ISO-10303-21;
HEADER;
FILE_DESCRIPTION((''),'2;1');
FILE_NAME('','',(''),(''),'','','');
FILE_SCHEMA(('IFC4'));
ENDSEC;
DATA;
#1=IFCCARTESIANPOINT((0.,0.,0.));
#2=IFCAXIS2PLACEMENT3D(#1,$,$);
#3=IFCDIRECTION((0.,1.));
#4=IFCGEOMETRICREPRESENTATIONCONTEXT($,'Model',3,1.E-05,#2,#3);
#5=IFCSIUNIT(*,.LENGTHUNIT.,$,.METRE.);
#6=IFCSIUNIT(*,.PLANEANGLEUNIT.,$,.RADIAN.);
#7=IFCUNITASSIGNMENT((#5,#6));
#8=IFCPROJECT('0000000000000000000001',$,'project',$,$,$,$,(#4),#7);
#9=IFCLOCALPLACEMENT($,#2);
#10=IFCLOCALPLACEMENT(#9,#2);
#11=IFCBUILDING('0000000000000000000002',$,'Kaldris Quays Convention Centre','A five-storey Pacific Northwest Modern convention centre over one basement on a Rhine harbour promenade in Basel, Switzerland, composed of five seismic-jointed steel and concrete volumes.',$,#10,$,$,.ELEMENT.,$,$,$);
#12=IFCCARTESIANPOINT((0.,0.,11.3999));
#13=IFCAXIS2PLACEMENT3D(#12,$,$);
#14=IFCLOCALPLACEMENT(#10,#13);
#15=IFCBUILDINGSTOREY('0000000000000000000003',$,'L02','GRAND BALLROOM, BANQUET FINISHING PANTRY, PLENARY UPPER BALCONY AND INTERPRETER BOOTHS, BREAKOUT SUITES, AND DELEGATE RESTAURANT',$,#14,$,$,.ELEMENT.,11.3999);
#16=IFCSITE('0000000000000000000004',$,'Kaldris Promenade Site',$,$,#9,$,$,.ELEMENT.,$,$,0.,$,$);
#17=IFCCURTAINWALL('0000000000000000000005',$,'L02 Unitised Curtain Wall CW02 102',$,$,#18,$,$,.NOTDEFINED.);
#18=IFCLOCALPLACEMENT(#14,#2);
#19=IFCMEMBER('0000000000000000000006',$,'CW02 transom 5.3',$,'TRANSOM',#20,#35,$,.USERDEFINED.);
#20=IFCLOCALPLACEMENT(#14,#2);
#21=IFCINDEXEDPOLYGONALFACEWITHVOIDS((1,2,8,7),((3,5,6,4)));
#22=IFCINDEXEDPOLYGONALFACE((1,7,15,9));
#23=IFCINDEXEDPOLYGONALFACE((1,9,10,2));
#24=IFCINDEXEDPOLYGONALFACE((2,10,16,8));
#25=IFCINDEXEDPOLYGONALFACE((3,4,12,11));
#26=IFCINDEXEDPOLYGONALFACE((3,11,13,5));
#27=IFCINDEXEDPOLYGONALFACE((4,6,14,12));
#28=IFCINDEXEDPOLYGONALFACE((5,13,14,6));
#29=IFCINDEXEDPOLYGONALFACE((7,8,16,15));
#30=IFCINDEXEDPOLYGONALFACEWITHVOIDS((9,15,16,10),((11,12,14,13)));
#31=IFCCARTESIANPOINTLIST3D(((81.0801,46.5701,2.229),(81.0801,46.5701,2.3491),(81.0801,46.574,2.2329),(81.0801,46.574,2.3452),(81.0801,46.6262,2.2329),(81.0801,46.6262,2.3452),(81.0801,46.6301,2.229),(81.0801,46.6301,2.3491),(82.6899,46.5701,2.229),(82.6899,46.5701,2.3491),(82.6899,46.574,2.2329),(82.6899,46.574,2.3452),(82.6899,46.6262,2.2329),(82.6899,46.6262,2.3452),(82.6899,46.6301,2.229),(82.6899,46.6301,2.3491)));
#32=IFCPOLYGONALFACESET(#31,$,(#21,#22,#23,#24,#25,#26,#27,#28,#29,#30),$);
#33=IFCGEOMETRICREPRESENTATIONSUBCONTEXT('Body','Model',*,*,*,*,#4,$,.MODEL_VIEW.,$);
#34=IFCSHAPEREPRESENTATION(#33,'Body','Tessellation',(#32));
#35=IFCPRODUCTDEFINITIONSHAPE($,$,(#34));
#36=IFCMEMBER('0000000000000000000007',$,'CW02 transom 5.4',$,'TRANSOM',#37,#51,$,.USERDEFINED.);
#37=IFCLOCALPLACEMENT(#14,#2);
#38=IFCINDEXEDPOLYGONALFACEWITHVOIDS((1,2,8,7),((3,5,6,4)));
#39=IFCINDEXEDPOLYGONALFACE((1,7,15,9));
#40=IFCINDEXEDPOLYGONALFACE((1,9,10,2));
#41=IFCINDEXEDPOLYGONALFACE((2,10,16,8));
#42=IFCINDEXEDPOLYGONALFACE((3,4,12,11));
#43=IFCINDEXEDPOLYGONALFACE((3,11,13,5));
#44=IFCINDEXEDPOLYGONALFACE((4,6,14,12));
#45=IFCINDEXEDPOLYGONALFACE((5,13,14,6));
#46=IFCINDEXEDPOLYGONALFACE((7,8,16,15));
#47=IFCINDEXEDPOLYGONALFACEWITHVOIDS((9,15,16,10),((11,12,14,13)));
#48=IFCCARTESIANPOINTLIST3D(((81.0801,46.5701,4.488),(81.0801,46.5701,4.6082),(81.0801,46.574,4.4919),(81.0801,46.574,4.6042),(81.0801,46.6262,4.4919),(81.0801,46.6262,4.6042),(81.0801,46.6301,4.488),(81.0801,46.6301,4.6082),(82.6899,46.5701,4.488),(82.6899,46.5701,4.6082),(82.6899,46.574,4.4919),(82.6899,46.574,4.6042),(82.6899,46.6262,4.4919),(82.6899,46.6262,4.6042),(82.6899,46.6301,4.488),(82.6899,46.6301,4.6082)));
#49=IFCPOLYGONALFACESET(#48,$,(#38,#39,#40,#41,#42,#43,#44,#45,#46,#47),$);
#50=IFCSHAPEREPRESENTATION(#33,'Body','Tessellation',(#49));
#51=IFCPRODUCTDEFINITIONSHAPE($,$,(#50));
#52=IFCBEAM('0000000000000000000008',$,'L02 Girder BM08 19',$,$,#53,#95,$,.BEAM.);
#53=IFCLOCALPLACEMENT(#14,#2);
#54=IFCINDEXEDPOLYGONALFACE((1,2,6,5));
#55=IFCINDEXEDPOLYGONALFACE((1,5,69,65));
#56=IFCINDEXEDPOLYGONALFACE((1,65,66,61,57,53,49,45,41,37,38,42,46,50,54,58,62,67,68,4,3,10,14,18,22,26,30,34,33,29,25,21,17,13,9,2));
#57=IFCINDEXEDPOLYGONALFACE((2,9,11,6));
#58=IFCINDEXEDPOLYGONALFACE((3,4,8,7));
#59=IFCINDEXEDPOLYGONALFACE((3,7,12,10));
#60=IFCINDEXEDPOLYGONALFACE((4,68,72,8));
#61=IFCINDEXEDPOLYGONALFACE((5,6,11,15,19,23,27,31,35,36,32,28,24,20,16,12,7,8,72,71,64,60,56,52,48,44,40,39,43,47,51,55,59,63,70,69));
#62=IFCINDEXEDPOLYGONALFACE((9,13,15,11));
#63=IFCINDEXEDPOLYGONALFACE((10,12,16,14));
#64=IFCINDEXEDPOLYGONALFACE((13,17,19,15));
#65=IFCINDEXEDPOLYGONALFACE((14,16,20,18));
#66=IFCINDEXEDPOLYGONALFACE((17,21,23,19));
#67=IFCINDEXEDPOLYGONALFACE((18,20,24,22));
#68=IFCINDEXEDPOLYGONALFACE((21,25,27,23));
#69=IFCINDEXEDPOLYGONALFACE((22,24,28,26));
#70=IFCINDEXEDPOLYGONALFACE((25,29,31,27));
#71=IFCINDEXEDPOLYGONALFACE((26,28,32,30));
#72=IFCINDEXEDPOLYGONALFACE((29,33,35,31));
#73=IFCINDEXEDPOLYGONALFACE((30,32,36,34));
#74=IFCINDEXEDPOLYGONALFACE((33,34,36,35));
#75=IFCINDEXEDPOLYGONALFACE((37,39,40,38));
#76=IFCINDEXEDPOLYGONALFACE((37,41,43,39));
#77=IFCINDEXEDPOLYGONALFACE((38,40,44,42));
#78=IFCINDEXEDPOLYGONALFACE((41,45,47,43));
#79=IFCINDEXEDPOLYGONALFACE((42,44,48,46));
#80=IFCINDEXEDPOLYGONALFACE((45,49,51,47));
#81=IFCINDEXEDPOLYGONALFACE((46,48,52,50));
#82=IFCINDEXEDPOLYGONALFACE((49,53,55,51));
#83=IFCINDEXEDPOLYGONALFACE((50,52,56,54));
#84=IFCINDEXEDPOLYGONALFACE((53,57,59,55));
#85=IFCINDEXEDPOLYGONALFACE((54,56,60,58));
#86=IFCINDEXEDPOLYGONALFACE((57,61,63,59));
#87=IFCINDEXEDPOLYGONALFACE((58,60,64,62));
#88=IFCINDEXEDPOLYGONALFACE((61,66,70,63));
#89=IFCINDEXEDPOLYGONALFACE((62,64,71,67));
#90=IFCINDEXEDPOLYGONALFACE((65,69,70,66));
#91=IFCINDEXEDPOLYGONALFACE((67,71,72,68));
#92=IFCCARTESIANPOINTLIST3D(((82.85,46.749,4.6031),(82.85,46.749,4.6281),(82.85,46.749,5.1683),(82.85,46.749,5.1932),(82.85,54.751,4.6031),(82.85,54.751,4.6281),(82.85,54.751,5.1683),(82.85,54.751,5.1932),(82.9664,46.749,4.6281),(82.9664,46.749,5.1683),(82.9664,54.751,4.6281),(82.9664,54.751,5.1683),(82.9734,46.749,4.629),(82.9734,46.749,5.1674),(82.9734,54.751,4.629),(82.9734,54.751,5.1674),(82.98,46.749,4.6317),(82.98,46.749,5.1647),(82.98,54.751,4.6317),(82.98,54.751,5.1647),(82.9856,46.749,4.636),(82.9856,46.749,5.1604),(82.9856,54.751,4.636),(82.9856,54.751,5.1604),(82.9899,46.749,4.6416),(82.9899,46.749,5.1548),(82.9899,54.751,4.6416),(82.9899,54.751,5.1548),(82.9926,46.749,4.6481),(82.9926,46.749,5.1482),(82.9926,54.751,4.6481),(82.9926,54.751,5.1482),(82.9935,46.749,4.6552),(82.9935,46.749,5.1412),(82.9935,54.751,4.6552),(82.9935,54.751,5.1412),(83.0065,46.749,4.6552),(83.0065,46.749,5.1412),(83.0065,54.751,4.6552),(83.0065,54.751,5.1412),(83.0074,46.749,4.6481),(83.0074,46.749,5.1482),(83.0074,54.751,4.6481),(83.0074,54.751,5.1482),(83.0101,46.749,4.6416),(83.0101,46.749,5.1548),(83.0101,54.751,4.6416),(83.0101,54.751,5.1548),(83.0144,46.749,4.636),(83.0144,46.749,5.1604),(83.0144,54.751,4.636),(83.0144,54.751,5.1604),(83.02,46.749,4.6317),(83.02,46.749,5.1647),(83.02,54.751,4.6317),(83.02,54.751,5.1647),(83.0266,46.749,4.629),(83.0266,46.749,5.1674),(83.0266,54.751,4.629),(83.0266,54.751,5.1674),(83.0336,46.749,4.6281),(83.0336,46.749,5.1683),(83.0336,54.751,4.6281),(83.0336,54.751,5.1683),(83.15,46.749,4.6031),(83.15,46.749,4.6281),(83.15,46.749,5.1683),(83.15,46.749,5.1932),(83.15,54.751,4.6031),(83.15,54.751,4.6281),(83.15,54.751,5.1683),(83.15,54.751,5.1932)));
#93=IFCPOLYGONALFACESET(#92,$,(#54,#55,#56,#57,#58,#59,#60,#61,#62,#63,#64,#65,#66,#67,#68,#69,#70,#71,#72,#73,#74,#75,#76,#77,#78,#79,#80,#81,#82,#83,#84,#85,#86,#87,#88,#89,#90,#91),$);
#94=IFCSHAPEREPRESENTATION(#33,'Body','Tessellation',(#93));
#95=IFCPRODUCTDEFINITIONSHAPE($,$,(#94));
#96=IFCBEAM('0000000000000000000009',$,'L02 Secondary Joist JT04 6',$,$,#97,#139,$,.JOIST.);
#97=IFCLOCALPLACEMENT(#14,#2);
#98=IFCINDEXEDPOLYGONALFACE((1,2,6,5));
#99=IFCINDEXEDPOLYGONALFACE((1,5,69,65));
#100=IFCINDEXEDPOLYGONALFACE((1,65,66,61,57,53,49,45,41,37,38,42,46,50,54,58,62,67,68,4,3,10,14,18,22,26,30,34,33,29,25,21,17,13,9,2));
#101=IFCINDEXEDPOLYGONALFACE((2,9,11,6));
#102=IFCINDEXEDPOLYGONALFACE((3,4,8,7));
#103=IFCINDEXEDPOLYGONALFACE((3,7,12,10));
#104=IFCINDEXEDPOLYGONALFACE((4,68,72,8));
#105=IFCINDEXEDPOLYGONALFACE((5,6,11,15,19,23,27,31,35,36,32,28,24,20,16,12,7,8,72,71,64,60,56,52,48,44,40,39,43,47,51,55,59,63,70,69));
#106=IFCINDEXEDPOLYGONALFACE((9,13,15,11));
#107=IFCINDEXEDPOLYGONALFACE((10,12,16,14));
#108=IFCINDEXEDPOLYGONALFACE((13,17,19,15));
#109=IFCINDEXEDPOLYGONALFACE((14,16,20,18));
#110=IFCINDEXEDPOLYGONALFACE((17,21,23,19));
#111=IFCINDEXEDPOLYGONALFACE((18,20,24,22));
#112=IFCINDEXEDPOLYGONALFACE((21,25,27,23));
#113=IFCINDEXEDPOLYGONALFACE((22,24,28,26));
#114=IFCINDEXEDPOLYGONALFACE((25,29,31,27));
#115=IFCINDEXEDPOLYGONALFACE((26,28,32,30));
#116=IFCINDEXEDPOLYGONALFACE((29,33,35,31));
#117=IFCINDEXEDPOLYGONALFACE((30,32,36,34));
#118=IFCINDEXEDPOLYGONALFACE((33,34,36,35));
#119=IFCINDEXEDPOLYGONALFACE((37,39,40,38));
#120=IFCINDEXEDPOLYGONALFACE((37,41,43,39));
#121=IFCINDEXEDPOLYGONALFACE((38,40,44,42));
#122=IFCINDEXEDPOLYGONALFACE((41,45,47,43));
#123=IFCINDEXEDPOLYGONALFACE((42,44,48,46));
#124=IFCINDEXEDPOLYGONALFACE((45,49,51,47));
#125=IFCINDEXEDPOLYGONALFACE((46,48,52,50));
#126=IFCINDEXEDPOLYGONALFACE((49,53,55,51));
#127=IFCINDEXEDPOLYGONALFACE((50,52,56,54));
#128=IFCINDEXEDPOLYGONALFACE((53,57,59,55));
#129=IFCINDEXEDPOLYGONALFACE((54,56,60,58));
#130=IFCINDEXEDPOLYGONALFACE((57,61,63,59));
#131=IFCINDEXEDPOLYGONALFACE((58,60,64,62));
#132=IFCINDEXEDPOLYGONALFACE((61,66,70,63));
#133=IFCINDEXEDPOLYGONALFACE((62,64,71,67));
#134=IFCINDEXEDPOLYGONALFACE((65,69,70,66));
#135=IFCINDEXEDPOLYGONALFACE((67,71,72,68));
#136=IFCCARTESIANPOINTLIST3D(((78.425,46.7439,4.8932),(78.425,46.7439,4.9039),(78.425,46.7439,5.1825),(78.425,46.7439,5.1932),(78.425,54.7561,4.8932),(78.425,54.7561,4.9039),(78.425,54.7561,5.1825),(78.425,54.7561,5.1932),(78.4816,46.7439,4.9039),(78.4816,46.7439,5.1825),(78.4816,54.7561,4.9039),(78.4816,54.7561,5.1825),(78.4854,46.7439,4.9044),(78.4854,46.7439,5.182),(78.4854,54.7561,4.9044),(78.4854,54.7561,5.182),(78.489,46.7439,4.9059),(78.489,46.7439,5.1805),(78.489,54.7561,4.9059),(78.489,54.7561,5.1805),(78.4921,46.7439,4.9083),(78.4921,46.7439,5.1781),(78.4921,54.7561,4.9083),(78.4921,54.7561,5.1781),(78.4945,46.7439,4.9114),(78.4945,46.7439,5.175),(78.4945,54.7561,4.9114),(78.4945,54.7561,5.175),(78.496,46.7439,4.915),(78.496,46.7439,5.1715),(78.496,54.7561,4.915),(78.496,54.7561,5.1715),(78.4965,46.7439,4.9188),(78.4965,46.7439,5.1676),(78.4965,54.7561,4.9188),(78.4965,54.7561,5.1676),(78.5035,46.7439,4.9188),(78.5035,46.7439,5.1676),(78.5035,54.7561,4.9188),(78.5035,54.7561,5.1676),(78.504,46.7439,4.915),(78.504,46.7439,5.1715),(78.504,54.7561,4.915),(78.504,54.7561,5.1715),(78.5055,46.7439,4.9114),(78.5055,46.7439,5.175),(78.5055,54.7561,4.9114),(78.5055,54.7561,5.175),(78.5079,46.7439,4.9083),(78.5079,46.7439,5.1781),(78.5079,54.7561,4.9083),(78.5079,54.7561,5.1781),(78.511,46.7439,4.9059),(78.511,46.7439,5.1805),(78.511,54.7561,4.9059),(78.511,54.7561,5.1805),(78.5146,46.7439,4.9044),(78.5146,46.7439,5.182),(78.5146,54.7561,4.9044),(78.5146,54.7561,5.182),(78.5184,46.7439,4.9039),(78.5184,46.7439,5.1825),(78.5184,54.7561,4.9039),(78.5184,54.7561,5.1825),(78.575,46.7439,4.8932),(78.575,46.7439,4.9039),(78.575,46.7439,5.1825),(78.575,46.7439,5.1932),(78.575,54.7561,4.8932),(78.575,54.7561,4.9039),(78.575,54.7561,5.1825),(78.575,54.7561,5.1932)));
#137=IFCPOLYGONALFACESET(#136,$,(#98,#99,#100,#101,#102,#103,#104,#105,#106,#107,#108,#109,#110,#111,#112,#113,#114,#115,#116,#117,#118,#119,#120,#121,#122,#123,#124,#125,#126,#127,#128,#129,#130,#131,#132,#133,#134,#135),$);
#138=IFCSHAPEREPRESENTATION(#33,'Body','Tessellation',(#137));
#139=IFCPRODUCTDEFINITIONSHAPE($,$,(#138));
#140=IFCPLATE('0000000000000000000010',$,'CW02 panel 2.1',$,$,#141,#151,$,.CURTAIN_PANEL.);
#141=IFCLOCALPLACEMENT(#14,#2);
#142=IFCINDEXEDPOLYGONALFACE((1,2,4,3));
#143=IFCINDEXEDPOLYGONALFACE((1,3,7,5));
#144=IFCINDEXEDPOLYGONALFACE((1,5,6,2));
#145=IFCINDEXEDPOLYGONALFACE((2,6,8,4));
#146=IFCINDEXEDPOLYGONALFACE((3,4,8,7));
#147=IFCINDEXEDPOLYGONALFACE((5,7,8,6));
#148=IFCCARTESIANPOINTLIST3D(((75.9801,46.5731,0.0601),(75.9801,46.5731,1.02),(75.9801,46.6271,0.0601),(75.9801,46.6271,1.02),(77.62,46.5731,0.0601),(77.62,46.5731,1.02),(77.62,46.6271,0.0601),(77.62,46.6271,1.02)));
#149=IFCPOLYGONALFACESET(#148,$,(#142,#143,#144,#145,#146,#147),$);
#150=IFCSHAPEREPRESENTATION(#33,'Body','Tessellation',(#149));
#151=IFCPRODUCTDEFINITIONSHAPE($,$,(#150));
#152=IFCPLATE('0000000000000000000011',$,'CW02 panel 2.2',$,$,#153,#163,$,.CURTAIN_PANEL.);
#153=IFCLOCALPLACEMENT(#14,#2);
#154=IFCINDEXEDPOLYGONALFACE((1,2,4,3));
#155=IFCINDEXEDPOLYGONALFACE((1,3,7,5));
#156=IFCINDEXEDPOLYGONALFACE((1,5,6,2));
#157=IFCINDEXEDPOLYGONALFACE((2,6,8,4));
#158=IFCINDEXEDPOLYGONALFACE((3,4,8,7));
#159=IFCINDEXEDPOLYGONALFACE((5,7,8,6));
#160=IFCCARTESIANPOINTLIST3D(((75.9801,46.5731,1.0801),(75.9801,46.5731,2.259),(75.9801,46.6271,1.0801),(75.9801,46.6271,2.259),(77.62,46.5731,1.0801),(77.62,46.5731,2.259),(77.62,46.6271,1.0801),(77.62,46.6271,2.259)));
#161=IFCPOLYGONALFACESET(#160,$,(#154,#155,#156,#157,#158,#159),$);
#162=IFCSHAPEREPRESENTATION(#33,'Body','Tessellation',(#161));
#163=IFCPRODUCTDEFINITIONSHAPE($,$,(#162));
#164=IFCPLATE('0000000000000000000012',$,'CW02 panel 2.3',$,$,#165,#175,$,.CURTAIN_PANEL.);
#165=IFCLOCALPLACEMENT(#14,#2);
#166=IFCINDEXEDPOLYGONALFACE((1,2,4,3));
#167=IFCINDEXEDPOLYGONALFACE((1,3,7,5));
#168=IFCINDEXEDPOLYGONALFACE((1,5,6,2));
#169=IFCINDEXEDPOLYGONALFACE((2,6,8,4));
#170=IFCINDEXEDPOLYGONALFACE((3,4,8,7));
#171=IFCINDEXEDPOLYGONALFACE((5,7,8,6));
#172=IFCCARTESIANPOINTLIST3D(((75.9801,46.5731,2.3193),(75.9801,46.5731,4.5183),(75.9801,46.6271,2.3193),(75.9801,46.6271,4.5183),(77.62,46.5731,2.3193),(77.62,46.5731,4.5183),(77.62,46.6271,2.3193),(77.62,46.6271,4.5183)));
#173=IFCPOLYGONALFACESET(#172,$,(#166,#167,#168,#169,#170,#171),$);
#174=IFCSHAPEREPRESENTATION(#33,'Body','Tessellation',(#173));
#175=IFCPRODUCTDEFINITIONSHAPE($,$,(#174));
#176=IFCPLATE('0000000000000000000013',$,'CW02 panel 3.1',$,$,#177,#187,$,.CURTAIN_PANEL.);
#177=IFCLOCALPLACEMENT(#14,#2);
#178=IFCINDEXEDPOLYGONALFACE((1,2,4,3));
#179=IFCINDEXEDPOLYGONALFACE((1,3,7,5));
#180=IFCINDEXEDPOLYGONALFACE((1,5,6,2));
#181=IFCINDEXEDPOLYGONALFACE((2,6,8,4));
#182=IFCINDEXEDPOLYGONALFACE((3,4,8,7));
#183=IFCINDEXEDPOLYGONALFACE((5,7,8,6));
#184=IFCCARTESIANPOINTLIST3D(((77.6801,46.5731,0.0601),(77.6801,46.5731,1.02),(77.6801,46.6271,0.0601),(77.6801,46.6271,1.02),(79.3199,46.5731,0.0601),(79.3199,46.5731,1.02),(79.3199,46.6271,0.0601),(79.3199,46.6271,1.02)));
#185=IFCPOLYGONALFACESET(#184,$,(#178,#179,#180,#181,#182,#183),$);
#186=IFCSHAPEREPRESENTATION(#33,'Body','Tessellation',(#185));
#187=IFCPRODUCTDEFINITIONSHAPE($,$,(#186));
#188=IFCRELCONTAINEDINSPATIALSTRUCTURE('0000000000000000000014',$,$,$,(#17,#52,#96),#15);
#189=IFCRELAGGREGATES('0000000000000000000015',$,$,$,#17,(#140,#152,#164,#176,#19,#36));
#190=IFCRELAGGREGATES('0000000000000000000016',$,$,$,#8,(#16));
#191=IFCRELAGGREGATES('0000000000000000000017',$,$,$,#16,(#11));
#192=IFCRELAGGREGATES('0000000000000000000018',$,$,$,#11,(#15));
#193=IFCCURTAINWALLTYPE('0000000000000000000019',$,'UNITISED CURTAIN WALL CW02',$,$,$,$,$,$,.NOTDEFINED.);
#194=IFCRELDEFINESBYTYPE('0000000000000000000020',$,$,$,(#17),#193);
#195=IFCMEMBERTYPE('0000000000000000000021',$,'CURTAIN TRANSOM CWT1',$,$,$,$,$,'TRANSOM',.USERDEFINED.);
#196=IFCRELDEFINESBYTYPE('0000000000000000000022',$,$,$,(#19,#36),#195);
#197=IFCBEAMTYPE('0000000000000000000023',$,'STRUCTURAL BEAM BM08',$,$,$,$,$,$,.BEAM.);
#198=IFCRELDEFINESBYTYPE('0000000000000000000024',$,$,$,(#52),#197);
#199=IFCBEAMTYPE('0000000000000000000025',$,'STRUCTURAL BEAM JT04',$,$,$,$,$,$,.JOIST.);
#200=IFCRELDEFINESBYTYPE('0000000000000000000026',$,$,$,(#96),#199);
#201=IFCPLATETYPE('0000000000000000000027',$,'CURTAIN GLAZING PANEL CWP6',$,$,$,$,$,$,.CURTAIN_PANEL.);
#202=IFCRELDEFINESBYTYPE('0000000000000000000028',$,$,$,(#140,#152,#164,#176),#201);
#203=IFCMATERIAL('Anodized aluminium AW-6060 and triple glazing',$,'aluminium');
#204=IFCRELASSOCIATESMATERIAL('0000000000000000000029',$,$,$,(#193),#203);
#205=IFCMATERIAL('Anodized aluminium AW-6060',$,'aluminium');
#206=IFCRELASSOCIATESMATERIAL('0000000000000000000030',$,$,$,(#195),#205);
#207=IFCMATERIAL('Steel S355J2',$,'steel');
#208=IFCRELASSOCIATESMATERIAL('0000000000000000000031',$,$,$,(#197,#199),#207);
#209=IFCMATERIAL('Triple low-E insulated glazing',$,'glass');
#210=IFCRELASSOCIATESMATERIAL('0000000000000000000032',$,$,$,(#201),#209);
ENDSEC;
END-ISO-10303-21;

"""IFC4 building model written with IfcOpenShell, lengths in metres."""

from ifc_helpers import new_model, si_unit, direction, frame, origin, origin_2d, place, context, subcontext, project, spatial, rectangle, hollow_rectangle, i_section, extrude, material, material_profile, profile_set, type_object, element, aggregate, save


model = new_model("IFC4")

# Units and contexts
model_context = context("Model", 3, precision=1e-05, world=origin(), true_north=direction((0.0, 1.0)))
body_context = subcontext(model_context, "Body", "Model", "MODEL_VIEW")
ifc_project = project(units=[si_unit("LENGTHUNIT", "METRE"), si_unit("PLANEANGLEUNIT", "RADIAN")], contexts=[model_context])

# Site, building, storey
site_placement = place(None, origin())
site = spatial("IfcSite", under=ifc_project, at=site_placement, Name="Kaldris Promenade Site", CompositionType="ELEMENT", RefElevation=0.0)
building_placement = place(site_placement, origin())
building = spatial("IfcBuilding", under=site, at=building_placement, Name="Kaldris Quays Convention Centre", Description="A five-storey Pacific Northwest Modern convention centre over one basement on a Rhine harbour promenade in Basel, Switzerland, composed of five seismic-jointed steel and concrete volumes.", CompositionType="ELEMENT")
storey_placement = place(building_placement, frame((0.0, 0.0, 11.3999)))
storey = spatial("IfcBuildingStorey", under=building, at=storey_placement, Name="L02", Description="GRAND BALLROOM, BANQUET FINISHING PANTRY, PLENARY UPPER BALCONY AND INTERPRETER BOOTHS, BREAKOUT SUITES, AND DELEGATE RESTAURANT", CompositionType="ELEMENT", Elevation=11.3999)

# Shared definitions
ifc_material_1 = material(Name="Steel S355J2", Category="steel")

# Curtain wall, members
ifc_material_2 = material(Name="Anodized aluminium AW-6060 and triple glazing", Category="aluminium")
curtain_wall_type = type_object("IfcCurtainWallType", Name="UNITISED CURTAIN WALL CW02", PredefinedType="NOTDEFINED", material=ifc_material_2)
curtain_wall_placement = place(storey_placement, origin())
curtain_wall = element("IfcCurtainWall", 1, at=curtain_wall_placement, inside=storey, type_object=curtain_wall_type, Name="L02 Unitised Curtain Wall CW02 102", PredefinedType="NOTDEFINED")
ifc_material_3 = material(Name="Anodized aluminium AW-6060", Category="aluminium")
ifc_material_profile_1 = material_profile(ifc_material_3, hollow_rectangle(XDim=0.0601, YDim=0.1201, WallThickness=0.0039, at=origin_2d()), Name="RHS 120x60x4")
ifc_profile_set_1 = profile_set([ifc_material_profile_1], Name="Anodized aluminium AW-6060")
member_type_1 = type_object("IfcMemberType", Name="CURTAIN TRANSOM CWT1", ElementType="TRANSOM", PredefinedType="USERDEFINED", material=ifc_profile_set_1)
member_1_placement = place(storey_placement, frame((81.0801, 46.6001, 2.2891), z_axis=(1.0, 0.0, 0.0), x_axis=(0.0, 1.0, 0.0)))
member_1 = element("IfcMember", 2, at=member_1_placement, type_object=member_type_1, Name="CW02 transom 5.3", ObjectType="TRANSOM", PredefinedType="USERDEFINED", context=body_context, shape_type="SweptSolid", body=[
    extrude(hollow_rectangle(XDim=0.0601, YDim=0.1201, WallThickness=0.0039, at=origin_2d()), origin(), (0.0, 0.0, 1.0), 1.6099),
])
member_2_placement = place(storey_placement, frame((81.0801, 46.6001, 4.5481), z_axis=(1.0, 0.0, 0.0), x_axis=(0.0, 1.0, 0.0)))
member_2 = element("IfcMember", 3, at=member_2_placement, type_object=member_type_1, Name="CW02 transom 5.4", ObjectType="TRANSOM", PredefinedType="USERDEFINED", context=body_context, shape_type="SweptSolid", body=[
    extrude(hollow_rectangle(XDim=0.0601, YDim=0.1201, WallThickness=0.0039, at=origin_2d()), origin(), (0.0, 0.0, 1.0), 1.6099),
])

# Beams
ifc_material_profile_2 = material_profile(ifc_material_1, i_section(OverallWidth=0.3, OverallDepth=0.5901, WebThickness=0.0129, FlangeThickness=0.0249, FilletRadius=0.0271, at=origin_2d()), Name="HEA 600")
ifc_profile_set_2 = profile_set([ifc_material_profile_2], Name="Steel S355J2")
beam_type_1 = type_object("IfcBeamType", Name="STRUCTURAL BEAM BM08", PredefinedType="BEAM", material=ifc_profile_set_2)
beam_1_placement = place(storey_placement, frame((83.0, 46.749, 4.8982), z_axis=(0.0, 1.0, 0.0), x_axis=(-1.0, 0.0, 0.0)))
element("IfcBeam", 4, at=beam_1_placement, inside=storey, type_object=beam_type_1, Name="L02 Girder BM08 19", PredefinedType="BEAM", context=body_context, shape_type="SweptSolid", body=[
    extrude(i_section(OverallWidth=0.3, OverallDepth=0.5901, WebThickness=0.0129, FlangeThickness=0.0249, FilletRadius=0.0271, at=origin_2d()), origin(), (0.0, 0.0, 1.0), 8.002),
])
ifc_material_profile_3 = material_profile(ifc_material_1, i_section(OverallWidth=0.1499, OverallDepth=0.3, WebThickness=0.0071, FlangeThickness=0.0107, FilletRadius=0.0149, at=origin_2d()), Name="IPE 300")
ifc_profile_set_3 = profile_set([ifc_material_profile_3], Name="Steel S355J2")
beam_type_2 = type_object("IfcBeamType", Name="STRUCTURAL BEAM JT04", PredefinedType="JOIST", material=ifc_profile_set_3)
beam_2_placement = place(storey_placement, frame((78.5, 46.7439, 5.0432), z_axis=(0.0, 1.0, 0.0), x_axis=(-1.0, 0.0, 0.0)))
element("IfcBeam", 5, at=beam_2_placement, inside=storey, type_object=beam_type_2, Name="L02 Secondary Joist JT04 6", PredefinedType="JOIST", context=body_context, shape_type="SweptSolid", body=[
    extrude(i_section(OverallWidth=0.1499, OverallDepth=0.3, WebThickness=0.0071, FlangeThickness=0.0107, FilletRadius=0.0149, at=origin_2d()), origin(), (0.0, 0.0, 1.0), 8.0122),
])

# Plates
ifc_material_4 = material(Name="Triple low-E insulated glazing", Category="glass")
plate_type = type_object("IfcPlateType", Name="CURTAIN GLAZING PANEL CWP6", PredefinedType="CURTAIN_PANEL", material=ifc_material_4)
plate_1_placement = place(storey_placement, frame((76.8, 46.6001, 0.0601), z_axis=(0.0, 0.0, 1.0), x_axis=(1.0, 0.0, 0.0)))
plate_1 = element("IfcPlate", 6, at=plate_1_placement, type_object=plate_type, Name="CW02 panel 2.1", PredefinedType="CURTAIN_PANEL", context=body_context, shape_type="SweptSolid", body=[
    extrude(rectangle(XDim=1.6399, YDim=0.054, at=origin_2d()), origin(), (0.0, 0.0, 1.0), 0.96),
])
plate_2_placement = place(storey_placement, frame((76.8, 46.6001, 1.0801), z_axis=(0.0, 0.0, 1.0), x_axis=(1.0, 0.0, 0.0)))
plate_2 = element("IfcPlate", 7, at=plate_2_placement, type_object=plate_type, Name="CW02 panel 2.2", PredefinedType="CURTAIN_PANEL", context=body_context, shape_type="SweptSolid", body=[
    extrude(rectangle(XDim=1.6399, YDim=0.054, at=origin_2d()), origin(), (0.0, 0.0, 1.0), 1.179),
])
plate_3_placement = place(storey_placement, frame((76.8, 46.6001, 2.3193), z_axis=(0.0, 0.0, 1.0), x_axis=(1.0, 0.0, 0.0)))
plate_3 = element("IfcPlate", 8, at=plate_3_placement, type_object=plate_type, Name="CW02 panel 2.3", PredefinedType="CURTAIN_PANEL", context=body_context, shape_type="SweptSolid", body=[
    extrude(rectangle(XDim=1.6399, YDim=0.054, at=origin_2d()), origin(), (0.0, 0.0, 1.0), 2.199),
])
plate_4_placement = place(storey_placement, frame((78.5, 46.6001, 0.0601), z_axis=(0.0, 0.0, 1.0), x_axis=(1.0, 0.0, 0.0)))
plate_4 = element("IfcPlate", 9, at=plate_4_placement, type_object=plate_type, Name="CW02 panel 3.1", PredefinedType="CURTAIN_PANEL", context=body_context, shape_type="SweptSolid", body=[
    extrude(rectangle(XDim=1.6399, YDim=0.054, at=origin_2d()), origin(), (0.0, 0.0, 1.0), 0.96),
])
aggregate(curtain_wall, [plate_1, plate_2, plate_3, plate_4, member_1, member_2])

save(model, "model.ifc")
